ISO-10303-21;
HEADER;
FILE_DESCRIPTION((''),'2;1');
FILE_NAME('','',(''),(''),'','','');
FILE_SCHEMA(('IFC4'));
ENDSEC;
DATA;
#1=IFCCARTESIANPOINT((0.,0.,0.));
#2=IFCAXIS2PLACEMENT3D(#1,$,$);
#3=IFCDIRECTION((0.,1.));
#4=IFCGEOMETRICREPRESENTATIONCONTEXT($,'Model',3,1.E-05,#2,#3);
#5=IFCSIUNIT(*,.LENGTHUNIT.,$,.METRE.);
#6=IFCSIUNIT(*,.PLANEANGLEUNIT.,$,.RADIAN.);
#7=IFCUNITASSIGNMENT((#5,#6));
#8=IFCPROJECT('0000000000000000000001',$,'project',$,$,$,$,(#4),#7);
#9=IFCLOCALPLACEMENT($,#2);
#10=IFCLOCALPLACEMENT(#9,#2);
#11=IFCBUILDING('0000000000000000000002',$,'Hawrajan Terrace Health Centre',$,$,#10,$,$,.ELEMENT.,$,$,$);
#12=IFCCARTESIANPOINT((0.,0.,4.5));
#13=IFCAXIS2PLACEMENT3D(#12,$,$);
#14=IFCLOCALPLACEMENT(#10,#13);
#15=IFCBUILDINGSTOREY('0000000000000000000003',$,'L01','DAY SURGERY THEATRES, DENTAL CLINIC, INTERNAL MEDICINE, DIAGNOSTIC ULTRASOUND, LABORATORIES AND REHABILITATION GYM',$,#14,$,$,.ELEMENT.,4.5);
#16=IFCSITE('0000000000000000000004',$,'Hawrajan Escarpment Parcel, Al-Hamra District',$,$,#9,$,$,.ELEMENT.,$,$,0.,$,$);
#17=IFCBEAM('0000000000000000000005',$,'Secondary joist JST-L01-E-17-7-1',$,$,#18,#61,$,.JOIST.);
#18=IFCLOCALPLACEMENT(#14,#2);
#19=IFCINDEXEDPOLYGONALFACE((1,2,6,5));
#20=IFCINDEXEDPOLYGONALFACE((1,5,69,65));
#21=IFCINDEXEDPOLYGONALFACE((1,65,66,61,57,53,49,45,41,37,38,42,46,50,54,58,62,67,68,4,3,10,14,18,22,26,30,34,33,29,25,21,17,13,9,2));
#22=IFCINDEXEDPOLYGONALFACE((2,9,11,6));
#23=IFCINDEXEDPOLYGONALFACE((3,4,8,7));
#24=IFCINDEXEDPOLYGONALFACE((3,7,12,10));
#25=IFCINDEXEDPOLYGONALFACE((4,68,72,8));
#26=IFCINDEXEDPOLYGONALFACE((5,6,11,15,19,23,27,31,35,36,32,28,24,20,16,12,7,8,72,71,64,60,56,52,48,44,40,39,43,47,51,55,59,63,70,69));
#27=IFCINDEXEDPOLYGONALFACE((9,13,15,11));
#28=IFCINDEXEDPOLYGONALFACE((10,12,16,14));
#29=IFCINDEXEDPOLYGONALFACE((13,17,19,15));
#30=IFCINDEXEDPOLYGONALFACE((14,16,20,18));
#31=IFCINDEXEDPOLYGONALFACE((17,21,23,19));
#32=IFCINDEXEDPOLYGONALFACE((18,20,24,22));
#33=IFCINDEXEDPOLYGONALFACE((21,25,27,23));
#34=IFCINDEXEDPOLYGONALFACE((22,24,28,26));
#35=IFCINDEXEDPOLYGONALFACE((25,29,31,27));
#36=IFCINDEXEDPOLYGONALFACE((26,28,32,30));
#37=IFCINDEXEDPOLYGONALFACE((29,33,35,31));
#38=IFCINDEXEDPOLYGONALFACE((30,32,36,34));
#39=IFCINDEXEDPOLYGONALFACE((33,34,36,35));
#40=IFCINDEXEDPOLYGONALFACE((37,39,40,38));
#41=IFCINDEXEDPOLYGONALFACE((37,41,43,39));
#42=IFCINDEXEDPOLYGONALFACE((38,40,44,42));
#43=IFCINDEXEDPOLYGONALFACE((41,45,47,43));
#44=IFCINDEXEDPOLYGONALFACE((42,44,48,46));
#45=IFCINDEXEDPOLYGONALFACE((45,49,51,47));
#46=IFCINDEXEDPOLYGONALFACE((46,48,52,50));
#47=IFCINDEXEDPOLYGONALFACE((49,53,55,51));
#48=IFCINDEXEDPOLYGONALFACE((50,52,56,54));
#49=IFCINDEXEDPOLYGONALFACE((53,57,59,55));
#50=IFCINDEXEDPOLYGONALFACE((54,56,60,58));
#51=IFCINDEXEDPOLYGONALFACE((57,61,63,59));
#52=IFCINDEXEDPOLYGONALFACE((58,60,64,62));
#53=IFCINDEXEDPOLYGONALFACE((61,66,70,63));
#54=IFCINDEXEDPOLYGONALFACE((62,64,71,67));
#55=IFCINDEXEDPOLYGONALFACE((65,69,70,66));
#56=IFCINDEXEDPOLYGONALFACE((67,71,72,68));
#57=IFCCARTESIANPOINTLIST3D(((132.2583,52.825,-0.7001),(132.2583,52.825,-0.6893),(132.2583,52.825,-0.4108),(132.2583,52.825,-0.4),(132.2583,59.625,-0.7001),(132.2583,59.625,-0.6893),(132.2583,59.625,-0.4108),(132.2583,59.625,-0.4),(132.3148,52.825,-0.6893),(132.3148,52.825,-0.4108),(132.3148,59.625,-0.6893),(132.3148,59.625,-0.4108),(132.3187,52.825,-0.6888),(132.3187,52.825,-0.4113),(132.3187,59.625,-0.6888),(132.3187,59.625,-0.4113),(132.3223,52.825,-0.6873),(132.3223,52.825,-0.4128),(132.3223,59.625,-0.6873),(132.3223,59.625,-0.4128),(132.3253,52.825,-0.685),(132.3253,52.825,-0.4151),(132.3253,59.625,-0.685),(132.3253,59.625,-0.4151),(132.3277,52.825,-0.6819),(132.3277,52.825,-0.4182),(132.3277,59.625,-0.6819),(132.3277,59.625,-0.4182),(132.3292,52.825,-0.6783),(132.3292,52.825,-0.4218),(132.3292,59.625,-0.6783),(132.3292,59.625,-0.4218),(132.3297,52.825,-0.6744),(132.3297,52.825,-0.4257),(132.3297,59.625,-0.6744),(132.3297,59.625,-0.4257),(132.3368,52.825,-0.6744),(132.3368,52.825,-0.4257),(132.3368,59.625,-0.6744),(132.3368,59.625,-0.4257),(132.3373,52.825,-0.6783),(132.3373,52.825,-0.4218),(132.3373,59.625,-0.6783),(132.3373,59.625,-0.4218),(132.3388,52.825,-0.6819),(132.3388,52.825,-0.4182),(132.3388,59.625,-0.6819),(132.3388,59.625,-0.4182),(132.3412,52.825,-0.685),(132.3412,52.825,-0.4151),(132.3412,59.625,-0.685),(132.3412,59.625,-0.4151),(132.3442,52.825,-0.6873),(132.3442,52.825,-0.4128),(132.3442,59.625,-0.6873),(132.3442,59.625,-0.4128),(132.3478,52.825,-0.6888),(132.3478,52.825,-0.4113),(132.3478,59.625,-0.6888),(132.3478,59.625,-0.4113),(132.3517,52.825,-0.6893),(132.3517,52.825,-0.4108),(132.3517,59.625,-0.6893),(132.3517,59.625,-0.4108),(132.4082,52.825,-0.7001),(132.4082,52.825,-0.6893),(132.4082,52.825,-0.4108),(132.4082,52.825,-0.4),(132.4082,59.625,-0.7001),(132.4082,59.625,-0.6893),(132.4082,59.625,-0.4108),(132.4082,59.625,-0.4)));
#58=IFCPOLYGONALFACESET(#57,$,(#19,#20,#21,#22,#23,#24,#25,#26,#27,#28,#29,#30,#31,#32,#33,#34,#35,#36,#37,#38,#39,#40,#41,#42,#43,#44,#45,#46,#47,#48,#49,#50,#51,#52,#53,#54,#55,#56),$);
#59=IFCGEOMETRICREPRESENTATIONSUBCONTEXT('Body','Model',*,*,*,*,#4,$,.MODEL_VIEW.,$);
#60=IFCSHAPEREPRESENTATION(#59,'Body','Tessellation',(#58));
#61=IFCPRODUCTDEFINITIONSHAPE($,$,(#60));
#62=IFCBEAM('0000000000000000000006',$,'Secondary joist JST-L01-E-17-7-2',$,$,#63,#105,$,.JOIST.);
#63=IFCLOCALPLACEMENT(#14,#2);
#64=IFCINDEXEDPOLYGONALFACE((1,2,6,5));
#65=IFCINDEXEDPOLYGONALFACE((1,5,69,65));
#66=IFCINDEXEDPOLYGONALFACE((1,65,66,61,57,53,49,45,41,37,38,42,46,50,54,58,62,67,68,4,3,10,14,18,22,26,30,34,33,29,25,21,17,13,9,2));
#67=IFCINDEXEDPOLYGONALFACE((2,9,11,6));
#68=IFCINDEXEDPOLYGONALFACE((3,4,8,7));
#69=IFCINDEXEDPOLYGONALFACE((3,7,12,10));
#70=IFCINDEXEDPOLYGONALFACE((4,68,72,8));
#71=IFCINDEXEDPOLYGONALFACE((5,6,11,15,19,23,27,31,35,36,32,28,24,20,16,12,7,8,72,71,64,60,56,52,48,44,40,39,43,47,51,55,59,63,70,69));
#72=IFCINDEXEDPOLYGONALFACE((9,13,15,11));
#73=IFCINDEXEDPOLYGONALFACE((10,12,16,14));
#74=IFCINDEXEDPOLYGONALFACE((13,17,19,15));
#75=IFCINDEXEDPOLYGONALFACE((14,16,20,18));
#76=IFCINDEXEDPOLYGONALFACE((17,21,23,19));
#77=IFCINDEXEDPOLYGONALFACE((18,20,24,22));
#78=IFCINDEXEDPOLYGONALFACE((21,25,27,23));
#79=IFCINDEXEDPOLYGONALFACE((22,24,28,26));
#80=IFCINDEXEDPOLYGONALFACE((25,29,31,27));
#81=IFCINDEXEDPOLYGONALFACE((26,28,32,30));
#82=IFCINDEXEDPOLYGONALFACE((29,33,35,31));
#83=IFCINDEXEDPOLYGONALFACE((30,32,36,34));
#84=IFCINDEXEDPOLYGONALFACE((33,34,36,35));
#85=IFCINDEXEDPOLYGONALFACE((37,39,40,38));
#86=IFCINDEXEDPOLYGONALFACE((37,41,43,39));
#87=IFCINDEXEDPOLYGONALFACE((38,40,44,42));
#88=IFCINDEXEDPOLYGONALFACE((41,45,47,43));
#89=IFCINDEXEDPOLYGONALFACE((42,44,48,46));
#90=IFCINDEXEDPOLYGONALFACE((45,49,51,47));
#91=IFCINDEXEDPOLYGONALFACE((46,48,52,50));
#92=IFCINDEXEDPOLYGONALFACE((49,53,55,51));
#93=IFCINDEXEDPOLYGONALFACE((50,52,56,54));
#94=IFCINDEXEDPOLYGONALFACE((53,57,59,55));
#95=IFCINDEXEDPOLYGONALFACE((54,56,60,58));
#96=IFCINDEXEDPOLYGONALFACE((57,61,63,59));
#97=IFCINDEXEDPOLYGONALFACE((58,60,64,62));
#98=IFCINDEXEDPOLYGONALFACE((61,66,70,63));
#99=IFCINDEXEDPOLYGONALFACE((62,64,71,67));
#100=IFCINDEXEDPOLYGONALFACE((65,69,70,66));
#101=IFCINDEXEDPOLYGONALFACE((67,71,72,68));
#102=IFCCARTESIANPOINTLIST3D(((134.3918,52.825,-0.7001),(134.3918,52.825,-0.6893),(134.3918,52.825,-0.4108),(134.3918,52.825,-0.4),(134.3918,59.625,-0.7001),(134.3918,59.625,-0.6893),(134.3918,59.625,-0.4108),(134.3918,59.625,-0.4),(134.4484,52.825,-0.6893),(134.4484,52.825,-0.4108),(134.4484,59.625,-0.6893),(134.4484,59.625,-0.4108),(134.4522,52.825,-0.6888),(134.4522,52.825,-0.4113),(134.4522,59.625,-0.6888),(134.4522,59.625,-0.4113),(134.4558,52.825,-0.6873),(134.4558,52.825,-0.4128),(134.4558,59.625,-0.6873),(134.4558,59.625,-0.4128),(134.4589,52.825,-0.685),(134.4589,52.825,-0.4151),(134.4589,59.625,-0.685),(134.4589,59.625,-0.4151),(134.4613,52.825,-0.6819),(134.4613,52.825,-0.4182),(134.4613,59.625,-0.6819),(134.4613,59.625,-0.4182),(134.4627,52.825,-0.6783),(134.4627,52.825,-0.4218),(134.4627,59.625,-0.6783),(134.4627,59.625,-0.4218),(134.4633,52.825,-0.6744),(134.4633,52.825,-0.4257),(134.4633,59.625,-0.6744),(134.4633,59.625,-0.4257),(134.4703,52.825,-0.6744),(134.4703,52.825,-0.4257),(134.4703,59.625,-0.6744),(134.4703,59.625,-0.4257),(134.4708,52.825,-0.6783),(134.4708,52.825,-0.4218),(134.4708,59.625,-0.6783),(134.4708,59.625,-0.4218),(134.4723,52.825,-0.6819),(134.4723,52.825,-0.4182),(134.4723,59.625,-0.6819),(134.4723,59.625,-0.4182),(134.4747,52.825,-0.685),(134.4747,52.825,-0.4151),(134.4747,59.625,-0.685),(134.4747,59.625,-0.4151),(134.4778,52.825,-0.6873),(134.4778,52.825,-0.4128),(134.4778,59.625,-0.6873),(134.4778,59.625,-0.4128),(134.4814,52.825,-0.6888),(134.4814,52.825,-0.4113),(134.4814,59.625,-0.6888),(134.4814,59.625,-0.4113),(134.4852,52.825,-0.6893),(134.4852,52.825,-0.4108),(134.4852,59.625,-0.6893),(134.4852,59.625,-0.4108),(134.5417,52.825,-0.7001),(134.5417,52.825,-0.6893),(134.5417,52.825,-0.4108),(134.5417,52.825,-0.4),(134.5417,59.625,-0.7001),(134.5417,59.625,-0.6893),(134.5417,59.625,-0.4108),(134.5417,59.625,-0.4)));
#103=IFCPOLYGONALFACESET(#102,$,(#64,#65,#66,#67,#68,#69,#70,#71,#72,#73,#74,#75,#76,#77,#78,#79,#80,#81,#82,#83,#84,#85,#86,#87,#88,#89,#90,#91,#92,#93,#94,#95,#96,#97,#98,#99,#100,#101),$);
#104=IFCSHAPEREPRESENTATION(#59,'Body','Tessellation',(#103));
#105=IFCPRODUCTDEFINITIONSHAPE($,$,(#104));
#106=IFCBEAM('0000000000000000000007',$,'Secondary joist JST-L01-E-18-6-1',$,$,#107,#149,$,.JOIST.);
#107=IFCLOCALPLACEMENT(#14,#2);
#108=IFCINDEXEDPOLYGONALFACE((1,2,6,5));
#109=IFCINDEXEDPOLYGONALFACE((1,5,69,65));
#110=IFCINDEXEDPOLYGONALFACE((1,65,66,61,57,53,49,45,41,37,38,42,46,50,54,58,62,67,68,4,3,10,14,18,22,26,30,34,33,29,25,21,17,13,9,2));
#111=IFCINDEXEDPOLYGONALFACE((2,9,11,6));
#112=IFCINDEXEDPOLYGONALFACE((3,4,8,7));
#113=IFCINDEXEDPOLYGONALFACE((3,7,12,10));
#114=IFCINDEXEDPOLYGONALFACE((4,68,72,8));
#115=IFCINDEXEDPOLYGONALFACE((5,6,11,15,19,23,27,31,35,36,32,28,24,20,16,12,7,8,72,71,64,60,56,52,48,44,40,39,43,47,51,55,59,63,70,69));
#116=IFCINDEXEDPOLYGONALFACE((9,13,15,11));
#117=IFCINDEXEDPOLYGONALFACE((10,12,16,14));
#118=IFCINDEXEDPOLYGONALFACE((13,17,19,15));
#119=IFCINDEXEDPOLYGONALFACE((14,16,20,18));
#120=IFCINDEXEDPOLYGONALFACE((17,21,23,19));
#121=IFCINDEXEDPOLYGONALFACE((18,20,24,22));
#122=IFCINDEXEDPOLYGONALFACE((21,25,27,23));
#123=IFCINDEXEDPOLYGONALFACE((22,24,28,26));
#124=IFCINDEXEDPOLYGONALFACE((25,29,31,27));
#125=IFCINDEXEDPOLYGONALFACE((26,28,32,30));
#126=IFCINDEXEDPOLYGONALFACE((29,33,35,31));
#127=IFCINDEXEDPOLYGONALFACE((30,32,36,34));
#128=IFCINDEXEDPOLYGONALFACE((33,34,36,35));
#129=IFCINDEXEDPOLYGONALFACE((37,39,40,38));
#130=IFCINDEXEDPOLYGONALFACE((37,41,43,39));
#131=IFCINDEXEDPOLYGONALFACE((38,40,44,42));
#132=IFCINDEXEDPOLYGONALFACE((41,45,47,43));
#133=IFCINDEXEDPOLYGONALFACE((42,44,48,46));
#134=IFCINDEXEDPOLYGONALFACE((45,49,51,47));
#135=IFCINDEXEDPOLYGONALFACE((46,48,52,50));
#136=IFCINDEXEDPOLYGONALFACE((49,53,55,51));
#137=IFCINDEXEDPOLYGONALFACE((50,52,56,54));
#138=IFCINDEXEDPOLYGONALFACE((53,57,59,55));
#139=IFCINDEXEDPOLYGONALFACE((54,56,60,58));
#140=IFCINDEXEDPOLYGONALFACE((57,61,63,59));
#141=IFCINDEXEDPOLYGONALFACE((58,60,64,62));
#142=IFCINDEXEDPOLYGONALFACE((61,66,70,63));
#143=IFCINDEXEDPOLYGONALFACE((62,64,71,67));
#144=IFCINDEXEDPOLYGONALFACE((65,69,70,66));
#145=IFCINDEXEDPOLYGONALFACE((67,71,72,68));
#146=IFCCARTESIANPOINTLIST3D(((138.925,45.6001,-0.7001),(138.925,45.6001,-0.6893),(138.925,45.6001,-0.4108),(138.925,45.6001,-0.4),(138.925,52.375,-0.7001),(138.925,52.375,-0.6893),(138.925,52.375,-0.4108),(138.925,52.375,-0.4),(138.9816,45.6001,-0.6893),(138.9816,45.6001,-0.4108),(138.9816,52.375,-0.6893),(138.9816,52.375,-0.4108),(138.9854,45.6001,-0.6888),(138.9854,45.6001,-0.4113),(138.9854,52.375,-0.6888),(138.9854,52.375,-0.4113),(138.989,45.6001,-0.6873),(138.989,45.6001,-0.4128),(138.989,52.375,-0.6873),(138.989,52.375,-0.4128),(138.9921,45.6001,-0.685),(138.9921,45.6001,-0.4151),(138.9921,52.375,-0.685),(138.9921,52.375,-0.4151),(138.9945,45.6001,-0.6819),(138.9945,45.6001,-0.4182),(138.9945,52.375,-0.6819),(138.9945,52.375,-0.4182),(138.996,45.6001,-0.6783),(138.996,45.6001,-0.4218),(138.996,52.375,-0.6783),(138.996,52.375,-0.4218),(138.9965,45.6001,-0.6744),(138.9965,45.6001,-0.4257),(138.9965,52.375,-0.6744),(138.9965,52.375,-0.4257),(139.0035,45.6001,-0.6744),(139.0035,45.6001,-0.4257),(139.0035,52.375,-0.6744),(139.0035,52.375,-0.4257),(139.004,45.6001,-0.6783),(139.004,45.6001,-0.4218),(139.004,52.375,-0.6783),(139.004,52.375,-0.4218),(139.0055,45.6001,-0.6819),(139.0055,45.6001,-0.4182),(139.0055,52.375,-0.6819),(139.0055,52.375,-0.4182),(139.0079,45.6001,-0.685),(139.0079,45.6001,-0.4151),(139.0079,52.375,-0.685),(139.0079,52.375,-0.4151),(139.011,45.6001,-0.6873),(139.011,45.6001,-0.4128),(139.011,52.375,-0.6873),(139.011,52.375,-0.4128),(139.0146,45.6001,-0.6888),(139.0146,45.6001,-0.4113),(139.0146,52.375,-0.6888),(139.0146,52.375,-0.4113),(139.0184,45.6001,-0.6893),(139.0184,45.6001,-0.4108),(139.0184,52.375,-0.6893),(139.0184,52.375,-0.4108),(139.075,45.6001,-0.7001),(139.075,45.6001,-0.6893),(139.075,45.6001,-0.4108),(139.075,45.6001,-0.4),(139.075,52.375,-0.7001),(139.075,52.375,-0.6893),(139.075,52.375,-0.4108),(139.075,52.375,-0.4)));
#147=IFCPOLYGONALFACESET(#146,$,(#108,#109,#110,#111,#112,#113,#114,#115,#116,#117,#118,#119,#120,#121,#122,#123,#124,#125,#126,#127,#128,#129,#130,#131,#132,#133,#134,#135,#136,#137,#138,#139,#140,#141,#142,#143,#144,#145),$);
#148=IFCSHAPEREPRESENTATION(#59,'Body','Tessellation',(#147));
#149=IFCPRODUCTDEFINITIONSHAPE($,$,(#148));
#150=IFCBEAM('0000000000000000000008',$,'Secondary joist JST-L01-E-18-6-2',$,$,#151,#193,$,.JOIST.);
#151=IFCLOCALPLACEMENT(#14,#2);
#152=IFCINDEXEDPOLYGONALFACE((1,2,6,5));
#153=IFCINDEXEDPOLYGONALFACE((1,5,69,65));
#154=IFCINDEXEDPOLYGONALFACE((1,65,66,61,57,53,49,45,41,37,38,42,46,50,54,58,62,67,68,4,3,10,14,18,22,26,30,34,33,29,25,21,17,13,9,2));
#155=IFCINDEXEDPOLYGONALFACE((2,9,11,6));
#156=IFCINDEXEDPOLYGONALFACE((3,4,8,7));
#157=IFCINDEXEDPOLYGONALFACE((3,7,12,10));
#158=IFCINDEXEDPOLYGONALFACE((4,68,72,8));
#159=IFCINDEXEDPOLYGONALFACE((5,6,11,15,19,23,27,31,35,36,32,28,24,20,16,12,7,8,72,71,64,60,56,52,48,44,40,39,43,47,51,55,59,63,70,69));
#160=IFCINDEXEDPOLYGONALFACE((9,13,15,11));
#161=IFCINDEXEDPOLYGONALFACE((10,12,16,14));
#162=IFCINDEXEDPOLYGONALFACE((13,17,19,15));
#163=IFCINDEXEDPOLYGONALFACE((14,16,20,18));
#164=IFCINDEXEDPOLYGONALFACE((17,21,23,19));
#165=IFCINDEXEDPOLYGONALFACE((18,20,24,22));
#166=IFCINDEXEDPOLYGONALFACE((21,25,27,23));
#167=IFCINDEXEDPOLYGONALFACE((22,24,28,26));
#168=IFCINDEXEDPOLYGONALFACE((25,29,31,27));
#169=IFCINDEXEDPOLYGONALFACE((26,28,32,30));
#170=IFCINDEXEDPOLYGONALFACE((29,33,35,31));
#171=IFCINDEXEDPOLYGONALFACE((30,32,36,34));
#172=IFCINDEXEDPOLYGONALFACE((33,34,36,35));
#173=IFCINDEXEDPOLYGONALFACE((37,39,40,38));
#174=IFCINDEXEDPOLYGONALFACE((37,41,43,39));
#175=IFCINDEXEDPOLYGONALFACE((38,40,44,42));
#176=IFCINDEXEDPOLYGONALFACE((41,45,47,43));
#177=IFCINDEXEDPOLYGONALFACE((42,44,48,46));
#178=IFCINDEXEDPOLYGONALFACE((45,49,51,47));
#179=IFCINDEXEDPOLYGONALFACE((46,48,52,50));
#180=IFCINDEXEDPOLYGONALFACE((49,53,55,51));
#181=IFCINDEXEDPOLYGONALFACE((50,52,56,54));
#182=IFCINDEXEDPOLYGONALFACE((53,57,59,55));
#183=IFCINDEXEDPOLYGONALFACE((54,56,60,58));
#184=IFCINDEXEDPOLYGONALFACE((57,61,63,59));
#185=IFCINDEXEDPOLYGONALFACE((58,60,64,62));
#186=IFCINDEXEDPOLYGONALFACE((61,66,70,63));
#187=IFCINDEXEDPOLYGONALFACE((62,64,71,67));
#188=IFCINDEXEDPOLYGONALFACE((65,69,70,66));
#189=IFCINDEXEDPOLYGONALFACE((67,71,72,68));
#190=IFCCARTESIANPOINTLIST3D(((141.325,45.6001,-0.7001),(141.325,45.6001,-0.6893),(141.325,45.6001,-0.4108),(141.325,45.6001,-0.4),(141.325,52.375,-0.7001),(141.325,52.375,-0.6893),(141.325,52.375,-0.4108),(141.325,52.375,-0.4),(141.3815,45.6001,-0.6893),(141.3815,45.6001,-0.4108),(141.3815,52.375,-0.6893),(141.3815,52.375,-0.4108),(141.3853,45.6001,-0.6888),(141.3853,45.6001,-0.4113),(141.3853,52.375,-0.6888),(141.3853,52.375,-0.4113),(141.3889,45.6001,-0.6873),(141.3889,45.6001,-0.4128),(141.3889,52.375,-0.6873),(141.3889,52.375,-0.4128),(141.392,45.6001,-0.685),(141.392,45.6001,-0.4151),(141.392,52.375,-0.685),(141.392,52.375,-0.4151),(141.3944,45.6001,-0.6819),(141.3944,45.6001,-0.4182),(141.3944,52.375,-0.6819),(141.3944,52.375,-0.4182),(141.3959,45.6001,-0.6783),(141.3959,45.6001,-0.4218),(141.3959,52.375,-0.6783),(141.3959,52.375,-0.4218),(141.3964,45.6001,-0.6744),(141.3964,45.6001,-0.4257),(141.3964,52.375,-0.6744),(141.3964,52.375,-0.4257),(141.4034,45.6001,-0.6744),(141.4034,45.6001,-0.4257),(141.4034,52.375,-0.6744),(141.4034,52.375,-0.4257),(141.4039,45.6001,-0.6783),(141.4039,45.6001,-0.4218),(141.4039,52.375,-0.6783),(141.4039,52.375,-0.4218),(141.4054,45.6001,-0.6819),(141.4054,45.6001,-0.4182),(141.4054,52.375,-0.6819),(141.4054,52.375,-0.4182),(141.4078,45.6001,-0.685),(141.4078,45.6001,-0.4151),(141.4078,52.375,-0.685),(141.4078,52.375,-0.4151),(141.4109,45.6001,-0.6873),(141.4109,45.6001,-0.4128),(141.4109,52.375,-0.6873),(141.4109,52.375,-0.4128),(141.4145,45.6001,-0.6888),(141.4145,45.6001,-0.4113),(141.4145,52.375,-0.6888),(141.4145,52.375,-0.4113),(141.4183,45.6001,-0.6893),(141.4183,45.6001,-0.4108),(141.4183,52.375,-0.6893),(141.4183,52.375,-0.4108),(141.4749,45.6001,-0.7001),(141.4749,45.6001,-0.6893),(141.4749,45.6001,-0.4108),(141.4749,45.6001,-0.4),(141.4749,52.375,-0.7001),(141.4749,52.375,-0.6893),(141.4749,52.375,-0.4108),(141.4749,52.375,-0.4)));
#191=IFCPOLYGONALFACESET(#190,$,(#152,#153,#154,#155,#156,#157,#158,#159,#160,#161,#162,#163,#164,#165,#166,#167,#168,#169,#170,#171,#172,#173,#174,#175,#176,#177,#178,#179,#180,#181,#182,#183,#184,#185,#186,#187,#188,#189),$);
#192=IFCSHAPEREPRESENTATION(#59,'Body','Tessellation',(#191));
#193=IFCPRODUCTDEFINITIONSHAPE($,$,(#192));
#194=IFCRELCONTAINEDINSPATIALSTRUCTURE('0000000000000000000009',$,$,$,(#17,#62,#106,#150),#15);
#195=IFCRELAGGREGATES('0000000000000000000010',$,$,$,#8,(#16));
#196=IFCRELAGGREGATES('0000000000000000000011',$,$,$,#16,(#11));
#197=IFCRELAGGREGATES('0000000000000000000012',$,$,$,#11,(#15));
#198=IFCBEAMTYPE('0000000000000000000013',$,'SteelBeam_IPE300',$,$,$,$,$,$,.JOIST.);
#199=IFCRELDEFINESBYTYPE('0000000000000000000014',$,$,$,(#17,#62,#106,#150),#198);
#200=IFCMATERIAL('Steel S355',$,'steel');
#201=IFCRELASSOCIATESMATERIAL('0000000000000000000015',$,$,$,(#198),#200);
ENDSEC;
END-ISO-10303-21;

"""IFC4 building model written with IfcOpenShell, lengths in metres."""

from ifc_helpers import new_model, si_unit, direction, frame, origin, origin_2d, place, context, subcontext, project, spatial, i_section, extrude, material, material_profile, profile_set, type_object, element, save


model = new_model("IFC4")

# Units and contexts
model_context = context("Model", 3, precision=1e-05, world=origin(), true_north=direction((0.0, 1.0)))
body_context = subcontext(model_context, "Body", "Model", "MODEL_VIEW")
ifc_project = project(units=[si_unit("LENGTHUNIT", "METRE"), si_unit("PLANEANGLEUNIT", "RADIAN")], contexts=[model_context])

# Site, building, storey
site_placement = place(None, origin())
site = spatial("IfcSite", under=ifc_project, at=site_placement, Name="Hawrajan Escarpment Parcel, Al-Hamra District", CompositionType="ELEMENT", RefElevation=0.0)
building_placement = place(site_placement, origin())
building = spatial("IfcBuilding", under=site, at=building_placement, Name="Hawrajan Terrace Health Centre", CompositionType="ELEMENT")
storey_placement = place(building_placement, frame((0.0, 0.0, 4.5)))
storey = spatial("IfcBuildingStorey", under=building, at=storey_placement, Name="L01", Description="DAY SURGERY THEATRES, DENTAL CLINIC, INTERNAL MEDICINE, DIAGNOSTIC ULTRASOUND, LABORATORIES AND REHABILITATION GYM", CompositionType="ELEMENT", Elevation=4.5)

# Beams
ifc_material_1 = material(Name="Steel S355", Category="steel")
ifc_material_profile_1 = material_profile(ifc_material_1, i_section(OverallWidth=0.1499, OverallDepth=0.3, WebThickness=0.0071, FlangeThickness=0.0107, FilletRadius=0.0149, at=origin_2d()), Name="IPE 300")
ifc_profile_set_1 = profile_set([ifc_material_profile_1], Name="Steel S355")
beam_type_1 = type_object("IfcBeamType", Name="SteelBeam_IPE300", PredefinedType="JOIST", material=ifc_profile_set_1)
for number, where, z_axis, x_axis, name in (
    (1, (132.3333, 52.825, -0.55), (0.0, 1.0, 0.0), (-1.0, 0.0, 0.0), "Secondary joist JST-L01-E-17-7-1"),
    (2, (134.4668, 52.825, -0.55), (0.0, 1.0, 0.0), (-1.0, 0.0, 0.0), "Secondary joist JST-L01-E-17-7-2"),
):
    element("IfcBeam", number, at=place(storey_placement, frame(where, z_axis=z_axis, x_axis=x_axis)), inside=storey, type_object=beam_type_1, Name=name, PredefinedType="JOIST", context=body_context, shape_type="SweptSolid", body=[
        extrude(i_section(OverallWidth=0.1499, OverallDepth=0.3, WebThickness=0.0071, FlangeThickness=0.0107, FilletRadius=0.0149, at=origin_2d()), origin(), (0.0, 0.0, 1.0), 6.8),
    ])
for number, where, z_axis, x_axis, name in (
    (3, (139.0, 45.6001, -0.55), (0.0, 1.0, 0.0), (-1.0, 0.0, 0.0), "Secondary joist JST-L01-E-18-6-1"),
    (4, (141.3999, 45.6001, -0.55), (0.0, 1.0, 0.0), (-1.0, 0.0, 0.0), "Secondary joist JST-L01-E-18-6-2"),
):
    element("IfcBeam", number, at=place(storey_placement, frame(where, z_axis=z_axis, x_axis=x_axis)), inside=storey, type_object=beam_type_1, Name=name, PredefinedType="JOIST", context=body_context, shape_type="SweptSolid", body=[
        extrude(i_section(OverallWidth=0.1499, OverallDepth=0.3, WebThickness=0.0071, FlangeThickness=0.0107, FilletRadius=0.0149, at=origin_2d()), origin(), (0.0, 0.0, 1.0), 6.7749),
    ])

save(model, "model.ifc")
